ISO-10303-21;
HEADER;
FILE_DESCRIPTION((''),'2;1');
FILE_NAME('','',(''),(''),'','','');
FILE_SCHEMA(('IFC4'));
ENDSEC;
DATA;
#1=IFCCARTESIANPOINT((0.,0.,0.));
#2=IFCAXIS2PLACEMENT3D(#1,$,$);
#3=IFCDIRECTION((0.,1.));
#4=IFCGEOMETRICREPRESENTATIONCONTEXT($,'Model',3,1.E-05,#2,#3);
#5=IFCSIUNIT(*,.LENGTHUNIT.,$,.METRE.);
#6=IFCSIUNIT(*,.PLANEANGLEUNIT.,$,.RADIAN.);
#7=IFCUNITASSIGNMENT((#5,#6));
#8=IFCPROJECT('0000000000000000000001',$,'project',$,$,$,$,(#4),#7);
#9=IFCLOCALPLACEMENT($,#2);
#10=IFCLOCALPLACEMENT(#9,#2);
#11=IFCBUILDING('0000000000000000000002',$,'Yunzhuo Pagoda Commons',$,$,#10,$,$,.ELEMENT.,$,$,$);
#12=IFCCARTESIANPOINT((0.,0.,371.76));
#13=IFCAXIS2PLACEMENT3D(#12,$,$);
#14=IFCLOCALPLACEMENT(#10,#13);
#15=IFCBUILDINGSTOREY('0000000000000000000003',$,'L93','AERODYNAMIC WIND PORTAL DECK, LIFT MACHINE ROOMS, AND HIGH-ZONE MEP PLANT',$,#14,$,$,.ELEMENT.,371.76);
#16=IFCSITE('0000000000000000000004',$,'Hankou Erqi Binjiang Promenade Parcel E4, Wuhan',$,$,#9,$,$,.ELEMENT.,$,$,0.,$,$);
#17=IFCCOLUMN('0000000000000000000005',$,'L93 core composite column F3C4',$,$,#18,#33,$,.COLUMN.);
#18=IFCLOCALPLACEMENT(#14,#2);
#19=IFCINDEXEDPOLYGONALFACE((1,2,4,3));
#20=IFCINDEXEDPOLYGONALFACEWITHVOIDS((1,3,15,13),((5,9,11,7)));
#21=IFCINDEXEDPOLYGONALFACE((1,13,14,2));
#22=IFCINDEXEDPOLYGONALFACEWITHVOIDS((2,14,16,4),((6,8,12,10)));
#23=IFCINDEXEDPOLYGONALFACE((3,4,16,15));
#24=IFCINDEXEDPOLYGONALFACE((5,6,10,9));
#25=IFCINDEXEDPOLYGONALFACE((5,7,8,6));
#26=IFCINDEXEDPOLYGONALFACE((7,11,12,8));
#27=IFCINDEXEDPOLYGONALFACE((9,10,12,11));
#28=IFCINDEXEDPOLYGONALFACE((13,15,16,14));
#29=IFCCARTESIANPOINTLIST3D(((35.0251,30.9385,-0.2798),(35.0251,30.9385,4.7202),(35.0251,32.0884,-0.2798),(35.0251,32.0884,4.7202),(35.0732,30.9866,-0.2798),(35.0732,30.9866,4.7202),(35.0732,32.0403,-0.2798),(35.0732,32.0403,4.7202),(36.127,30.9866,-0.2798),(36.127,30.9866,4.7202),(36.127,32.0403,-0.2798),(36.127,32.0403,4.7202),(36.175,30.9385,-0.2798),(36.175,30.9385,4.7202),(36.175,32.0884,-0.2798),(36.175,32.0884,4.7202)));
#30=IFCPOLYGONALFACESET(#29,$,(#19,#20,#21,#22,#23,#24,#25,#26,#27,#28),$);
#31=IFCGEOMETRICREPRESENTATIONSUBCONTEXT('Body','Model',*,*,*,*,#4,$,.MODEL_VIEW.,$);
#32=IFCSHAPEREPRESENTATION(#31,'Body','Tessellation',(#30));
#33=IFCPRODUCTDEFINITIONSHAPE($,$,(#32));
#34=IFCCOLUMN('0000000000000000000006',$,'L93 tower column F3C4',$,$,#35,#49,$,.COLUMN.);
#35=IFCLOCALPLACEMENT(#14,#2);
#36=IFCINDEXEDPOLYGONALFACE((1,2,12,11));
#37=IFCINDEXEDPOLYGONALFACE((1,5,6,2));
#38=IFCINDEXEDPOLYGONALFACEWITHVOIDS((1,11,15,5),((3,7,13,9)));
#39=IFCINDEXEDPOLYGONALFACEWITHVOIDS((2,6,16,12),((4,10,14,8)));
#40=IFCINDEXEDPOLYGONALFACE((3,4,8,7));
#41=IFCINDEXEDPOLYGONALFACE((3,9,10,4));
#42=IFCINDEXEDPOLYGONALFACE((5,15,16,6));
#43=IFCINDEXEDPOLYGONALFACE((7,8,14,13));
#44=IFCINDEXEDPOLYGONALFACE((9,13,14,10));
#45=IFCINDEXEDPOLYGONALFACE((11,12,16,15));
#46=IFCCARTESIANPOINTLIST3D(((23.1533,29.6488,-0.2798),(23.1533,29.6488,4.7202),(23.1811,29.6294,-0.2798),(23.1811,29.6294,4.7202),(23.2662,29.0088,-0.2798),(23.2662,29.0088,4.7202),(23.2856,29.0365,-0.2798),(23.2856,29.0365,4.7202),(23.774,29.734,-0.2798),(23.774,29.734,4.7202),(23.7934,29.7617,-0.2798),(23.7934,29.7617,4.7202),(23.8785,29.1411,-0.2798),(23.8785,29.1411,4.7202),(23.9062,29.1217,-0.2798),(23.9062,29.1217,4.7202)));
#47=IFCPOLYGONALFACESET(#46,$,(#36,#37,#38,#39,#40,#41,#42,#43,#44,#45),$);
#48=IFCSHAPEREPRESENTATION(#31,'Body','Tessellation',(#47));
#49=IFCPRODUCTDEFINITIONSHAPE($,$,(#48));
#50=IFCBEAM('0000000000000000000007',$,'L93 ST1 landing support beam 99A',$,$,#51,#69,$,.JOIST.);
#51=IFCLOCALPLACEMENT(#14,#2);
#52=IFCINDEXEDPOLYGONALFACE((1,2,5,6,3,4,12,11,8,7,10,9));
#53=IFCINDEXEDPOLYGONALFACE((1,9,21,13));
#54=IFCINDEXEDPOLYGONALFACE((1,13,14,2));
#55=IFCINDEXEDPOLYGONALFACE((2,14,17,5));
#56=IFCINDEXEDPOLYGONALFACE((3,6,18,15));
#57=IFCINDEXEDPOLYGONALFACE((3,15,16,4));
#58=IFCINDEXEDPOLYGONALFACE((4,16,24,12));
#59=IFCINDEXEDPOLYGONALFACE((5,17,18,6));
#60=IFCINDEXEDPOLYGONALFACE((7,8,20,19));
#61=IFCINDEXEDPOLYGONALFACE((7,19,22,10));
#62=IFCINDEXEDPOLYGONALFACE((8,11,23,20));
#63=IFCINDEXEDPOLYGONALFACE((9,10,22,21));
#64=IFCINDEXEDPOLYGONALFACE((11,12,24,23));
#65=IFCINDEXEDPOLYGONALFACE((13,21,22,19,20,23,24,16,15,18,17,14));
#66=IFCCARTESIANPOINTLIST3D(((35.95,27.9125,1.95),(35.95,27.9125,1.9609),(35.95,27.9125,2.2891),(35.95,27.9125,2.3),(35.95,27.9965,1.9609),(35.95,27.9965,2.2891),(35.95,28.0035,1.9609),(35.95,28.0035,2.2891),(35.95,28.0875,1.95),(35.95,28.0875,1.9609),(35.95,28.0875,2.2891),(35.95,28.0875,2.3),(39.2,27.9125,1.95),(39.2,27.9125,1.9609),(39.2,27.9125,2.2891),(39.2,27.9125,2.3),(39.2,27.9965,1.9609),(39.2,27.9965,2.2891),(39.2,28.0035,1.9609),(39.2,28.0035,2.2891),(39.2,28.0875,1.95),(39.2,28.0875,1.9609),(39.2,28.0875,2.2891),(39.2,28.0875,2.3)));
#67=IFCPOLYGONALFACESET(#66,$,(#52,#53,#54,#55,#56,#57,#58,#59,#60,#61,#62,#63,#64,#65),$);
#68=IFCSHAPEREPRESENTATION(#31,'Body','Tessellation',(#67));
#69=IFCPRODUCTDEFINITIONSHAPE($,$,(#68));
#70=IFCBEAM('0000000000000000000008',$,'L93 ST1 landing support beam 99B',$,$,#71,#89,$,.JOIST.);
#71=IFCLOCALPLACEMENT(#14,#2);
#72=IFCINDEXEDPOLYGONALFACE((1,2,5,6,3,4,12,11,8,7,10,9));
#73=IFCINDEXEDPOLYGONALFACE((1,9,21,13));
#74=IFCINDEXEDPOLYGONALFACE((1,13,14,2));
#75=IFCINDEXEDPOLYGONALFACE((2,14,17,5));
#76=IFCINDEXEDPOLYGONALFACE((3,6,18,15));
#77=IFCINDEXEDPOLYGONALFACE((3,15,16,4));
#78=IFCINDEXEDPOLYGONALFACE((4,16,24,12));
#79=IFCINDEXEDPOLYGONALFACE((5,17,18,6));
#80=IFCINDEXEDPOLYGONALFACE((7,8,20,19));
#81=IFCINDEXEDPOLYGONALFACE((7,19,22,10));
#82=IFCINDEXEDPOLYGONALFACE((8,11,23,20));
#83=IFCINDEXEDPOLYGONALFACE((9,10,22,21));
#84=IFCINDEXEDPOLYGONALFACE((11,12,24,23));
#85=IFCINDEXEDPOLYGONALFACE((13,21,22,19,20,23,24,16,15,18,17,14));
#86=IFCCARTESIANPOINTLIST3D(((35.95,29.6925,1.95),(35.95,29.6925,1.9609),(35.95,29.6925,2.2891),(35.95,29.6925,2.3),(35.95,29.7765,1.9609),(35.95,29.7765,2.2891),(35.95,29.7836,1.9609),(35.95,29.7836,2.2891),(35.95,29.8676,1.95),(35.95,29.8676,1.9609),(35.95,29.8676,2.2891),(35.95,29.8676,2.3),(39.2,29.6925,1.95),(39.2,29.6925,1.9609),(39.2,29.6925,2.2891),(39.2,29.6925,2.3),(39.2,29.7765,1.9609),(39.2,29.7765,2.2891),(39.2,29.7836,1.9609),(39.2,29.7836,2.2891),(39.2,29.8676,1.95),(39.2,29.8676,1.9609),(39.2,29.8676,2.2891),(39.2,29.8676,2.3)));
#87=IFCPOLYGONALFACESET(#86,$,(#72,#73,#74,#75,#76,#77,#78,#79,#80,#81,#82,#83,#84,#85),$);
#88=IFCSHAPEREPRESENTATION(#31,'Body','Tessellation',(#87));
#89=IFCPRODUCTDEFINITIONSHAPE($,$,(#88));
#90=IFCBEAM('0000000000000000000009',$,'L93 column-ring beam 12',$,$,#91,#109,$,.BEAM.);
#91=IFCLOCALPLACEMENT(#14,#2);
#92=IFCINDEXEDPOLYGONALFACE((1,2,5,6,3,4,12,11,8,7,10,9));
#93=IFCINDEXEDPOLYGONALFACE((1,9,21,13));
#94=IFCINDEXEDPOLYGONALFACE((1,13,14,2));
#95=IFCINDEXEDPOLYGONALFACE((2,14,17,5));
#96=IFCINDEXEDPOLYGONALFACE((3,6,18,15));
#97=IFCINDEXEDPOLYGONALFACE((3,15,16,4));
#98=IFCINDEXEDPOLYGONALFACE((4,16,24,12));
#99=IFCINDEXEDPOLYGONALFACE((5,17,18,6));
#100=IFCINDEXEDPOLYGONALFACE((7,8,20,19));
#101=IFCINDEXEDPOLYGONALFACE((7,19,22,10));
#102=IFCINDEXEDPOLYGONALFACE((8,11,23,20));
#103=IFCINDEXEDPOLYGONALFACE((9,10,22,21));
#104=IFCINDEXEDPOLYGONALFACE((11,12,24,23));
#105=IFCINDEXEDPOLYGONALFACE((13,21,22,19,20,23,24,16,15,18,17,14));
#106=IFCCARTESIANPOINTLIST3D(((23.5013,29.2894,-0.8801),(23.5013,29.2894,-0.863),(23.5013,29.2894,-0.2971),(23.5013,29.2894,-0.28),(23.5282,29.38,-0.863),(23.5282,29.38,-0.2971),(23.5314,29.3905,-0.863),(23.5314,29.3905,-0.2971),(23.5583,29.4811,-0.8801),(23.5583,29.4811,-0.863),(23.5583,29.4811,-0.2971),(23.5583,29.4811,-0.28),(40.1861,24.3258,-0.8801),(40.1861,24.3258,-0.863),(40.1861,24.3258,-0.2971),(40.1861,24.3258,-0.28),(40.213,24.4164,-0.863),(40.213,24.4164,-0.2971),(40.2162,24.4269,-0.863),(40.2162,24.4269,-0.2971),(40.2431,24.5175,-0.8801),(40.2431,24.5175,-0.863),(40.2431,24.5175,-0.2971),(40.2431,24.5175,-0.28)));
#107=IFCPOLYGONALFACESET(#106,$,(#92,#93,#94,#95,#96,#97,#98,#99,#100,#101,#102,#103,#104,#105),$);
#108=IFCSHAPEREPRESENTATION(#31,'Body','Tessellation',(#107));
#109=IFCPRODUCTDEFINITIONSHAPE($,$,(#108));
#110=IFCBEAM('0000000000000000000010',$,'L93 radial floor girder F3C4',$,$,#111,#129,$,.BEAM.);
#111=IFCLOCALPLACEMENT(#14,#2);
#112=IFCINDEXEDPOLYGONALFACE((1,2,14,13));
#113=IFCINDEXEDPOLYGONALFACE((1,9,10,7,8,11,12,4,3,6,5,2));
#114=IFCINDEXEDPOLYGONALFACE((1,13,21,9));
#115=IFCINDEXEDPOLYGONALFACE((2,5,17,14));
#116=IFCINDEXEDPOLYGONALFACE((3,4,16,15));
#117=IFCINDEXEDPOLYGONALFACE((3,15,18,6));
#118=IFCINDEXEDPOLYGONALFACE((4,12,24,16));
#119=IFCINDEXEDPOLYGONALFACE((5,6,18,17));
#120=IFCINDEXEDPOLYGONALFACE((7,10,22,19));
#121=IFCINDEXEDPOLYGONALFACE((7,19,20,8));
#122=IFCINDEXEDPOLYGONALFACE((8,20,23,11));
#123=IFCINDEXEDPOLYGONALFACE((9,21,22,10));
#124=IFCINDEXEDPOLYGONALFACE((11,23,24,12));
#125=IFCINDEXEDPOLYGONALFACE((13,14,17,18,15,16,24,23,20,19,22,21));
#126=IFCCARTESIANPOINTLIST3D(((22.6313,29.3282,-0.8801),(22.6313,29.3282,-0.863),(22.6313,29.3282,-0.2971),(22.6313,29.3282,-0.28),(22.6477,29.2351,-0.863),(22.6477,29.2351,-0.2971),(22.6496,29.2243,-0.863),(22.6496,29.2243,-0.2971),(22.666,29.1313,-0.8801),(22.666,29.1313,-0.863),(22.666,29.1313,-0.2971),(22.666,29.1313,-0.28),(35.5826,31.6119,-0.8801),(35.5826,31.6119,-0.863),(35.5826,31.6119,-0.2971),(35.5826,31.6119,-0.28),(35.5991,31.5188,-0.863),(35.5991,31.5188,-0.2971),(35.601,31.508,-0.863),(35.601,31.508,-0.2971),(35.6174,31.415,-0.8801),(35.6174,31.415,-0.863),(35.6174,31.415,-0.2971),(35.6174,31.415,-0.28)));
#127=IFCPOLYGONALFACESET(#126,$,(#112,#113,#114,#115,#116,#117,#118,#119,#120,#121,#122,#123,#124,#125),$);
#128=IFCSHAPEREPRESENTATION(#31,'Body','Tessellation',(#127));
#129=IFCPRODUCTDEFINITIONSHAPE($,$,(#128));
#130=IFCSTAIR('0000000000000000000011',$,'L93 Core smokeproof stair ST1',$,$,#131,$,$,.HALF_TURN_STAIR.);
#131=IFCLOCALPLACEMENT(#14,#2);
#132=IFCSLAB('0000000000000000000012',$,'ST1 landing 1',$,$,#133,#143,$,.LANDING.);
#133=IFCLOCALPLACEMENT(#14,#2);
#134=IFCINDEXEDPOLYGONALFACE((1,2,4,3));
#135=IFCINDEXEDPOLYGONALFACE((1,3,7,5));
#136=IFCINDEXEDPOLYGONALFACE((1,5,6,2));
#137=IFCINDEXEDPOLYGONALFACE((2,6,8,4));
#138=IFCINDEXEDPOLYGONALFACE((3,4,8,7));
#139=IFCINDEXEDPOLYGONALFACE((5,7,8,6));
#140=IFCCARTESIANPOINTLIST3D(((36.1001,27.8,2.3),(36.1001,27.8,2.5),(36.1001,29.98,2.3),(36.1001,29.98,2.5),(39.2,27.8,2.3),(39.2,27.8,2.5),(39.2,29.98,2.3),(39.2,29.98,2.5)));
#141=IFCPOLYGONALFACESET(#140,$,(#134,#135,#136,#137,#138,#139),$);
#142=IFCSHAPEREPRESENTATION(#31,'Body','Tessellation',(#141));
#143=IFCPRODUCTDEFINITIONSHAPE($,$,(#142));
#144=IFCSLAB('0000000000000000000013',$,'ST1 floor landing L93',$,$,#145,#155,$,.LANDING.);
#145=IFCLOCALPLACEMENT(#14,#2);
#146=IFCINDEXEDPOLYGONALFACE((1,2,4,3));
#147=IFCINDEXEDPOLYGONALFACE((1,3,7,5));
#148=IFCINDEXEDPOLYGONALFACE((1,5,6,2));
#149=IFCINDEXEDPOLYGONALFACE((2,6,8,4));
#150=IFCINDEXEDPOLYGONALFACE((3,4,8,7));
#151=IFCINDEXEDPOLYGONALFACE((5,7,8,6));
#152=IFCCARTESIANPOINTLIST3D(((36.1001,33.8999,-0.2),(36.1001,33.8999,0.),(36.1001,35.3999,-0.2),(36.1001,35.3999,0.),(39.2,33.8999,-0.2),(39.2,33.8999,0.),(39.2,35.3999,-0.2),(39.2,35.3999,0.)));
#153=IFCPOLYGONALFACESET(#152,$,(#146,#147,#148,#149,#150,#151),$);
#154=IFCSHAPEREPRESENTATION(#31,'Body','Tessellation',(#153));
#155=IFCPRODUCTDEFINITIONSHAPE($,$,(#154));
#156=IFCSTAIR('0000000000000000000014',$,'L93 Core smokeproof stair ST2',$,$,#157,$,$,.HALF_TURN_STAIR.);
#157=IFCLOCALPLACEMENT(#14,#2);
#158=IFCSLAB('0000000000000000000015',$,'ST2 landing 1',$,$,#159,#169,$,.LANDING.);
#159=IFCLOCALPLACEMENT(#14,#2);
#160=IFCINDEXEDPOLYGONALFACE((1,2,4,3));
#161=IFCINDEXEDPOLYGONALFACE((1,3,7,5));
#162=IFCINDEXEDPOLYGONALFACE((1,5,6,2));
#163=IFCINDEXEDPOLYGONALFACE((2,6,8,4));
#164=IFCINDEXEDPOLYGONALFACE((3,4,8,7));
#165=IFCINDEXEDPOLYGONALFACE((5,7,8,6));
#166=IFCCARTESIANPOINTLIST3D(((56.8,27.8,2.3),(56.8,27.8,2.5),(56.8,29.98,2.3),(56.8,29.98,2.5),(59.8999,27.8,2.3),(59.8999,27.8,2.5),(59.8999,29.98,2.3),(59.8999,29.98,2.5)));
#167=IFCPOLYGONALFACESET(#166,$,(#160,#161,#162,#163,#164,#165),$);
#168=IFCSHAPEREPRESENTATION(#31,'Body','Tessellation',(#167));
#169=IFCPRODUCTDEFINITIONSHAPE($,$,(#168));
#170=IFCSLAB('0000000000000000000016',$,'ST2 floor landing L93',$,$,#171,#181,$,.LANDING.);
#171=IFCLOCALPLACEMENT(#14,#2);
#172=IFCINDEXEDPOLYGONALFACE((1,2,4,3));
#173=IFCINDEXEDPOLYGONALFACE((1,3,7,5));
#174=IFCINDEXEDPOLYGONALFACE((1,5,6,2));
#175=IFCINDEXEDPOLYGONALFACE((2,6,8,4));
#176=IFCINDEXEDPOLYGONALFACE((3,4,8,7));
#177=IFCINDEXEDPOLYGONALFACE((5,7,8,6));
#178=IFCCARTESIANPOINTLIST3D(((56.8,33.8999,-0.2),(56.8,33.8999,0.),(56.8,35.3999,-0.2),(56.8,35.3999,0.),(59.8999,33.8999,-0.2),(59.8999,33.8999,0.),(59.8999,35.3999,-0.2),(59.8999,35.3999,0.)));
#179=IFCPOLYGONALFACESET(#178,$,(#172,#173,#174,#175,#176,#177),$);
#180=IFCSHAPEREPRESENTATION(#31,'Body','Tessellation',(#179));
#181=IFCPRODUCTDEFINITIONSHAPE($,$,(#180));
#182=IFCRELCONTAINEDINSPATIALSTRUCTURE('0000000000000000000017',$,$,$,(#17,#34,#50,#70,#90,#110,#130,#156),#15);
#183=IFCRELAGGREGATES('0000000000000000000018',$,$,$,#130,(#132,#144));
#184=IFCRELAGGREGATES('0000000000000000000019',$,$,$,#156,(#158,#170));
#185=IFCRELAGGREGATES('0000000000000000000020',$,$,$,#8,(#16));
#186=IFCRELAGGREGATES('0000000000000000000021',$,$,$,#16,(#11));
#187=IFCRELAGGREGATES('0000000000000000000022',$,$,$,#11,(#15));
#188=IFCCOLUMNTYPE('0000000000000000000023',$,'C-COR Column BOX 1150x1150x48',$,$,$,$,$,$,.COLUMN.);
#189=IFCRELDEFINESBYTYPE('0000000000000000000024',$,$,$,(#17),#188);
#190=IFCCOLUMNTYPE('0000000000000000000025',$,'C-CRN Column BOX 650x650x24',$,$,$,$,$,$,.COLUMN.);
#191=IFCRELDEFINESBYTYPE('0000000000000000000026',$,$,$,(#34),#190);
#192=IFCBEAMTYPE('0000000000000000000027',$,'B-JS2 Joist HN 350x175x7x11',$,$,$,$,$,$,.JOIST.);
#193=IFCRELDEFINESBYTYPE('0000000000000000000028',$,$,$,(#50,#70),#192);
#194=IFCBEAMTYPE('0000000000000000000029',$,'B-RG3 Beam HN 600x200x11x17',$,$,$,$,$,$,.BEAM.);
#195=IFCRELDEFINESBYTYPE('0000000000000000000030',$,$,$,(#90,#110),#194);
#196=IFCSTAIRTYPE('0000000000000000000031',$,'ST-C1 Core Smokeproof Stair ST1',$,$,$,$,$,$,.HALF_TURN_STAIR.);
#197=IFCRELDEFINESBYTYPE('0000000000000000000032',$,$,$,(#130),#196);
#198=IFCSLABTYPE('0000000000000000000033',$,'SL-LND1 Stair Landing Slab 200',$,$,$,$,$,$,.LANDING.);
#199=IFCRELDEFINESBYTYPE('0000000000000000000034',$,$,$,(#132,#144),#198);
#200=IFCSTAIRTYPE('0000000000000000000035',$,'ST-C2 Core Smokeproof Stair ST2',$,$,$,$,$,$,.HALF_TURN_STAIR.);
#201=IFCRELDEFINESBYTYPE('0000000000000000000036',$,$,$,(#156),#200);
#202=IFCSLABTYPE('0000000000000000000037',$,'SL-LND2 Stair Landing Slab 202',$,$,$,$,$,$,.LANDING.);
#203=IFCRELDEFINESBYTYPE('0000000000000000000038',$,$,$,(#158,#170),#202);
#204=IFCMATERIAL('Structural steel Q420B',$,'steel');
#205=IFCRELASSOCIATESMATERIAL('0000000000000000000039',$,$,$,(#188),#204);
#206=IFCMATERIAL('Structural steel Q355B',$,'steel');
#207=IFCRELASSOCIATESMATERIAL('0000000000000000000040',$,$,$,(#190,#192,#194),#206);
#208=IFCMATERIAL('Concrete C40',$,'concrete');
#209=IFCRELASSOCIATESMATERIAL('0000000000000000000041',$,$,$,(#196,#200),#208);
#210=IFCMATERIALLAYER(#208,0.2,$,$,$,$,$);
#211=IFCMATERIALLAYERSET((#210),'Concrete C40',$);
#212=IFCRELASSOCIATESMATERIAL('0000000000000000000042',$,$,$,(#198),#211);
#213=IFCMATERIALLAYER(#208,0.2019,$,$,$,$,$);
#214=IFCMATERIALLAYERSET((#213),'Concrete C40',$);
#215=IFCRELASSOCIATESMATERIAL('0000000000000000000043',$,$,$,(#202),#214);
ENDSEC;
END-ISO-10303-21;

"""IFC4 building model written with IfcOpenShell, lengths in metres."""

from ifc_helpers import new_model, si_unit, direction, frame, origin, origin_2d, place, context, subcontext, project, spatial, polyline, hollow_rectangle, i_section, outline, extrude, source, transform, mapped, material, layer, layer_set, material_profile, profile_set, type_object, element, aggregate, save


model = new_model("IFC4")

# Units and contexts
model_context = context("Model", 3, precision=1e-05, world=origin(), true_north=direction((0.0, 1.0)))
body_context = subcontext(model_context, "Body", "Model", "MODEL_VIEW")
ifc_project = project(units=[si_unit("LENGTHUNIT", "METRE"), si_unit("PLANEANGLEUNIT", "RADIAN")], contexts=[model_context])

# Site, building, storey
site_placement = place(None, origin())
site = spatial("IfcSite", under=ifc_project, at=site_placement, Name="Hankou Erqi Binjiang Promenade Parcel E4, Wuhan", CompositionType="ELEMENT", RefElevation=0.0)
building_placement = place(site_placement, origin())
building = spatial("IfcBuilding", under=site, at=building_placement, Name="Yunzhuo Pagoda Commons", CompositionType="ELEMENT")
storey_placement = place(building_placement, frame((0.0, 0.0, 371.76)))
storey = spatial("IfcBuildingStorey", under=building, at=storey_placement, Name="L93", Description="AERODYNAMIC WIND PORTAL DECK, LIFT MACHINE ROOMS, AND HIGH-ZONE MEP PLANT", CompositionType="ELEMENT", Elevation=371.76)

# Columns
ifc_material_1 = material(Name="Structural steel Q420B", Category="steel")
ifc_material_profile_1 = material_profile(ifc_material_1, hollow_rectangle(XDim=1.1499, YDim=1.1499, WallThickness=0.0481, at=origin_2d()), Name="Structural steel Q420B")
ifc_profile_set_1 = profile_set([ifc_material_profile_1], Name="Structural steel Q420B")
column_type_1 = type_object("IfcColumnType", Name="C-COR Column BOX 1150x1150x48", PredefinedType="COLUMN", material=ifc_profile_set_1)
shared_shape_1 = source(origin(), body_context, "Body", "SweptSolid", [
    extrude(hollow_rectangle(XDim=1.1499, YDim=1.1499, WallThickness=0.0481, at=origin_2d()), origin(), (0.0, 0.0, 1.0), 5.0),
])
column_1_placement = place(storey_placement, frame((35.6001, 31.5134, -0.2798), z_axis=(0.0, 0.0, 1.0), x_axis=(1.0, 0.0, 0.0)))
element("IfcColumn", 1, at=column_1_placement, inside=storey, type_object=column_type_1, Name="L93 core composite column F3C4", PredefinedType="COLUMN", context=body_context, shape_type="MappedRepresentation", body=[
    mapped(shared_shape_1, transform((0.0, 0.0, 0.0), scale=1.0)),
])
ifc_material_2 = material(Name="Structural steel Q355B", Category="steel")
ifc_material_profile_2 = material_profile(ifc_material_2, hollow_rectangle(XDim=0.6499, YDim=0.6499, WallThickness=0.0239, at=origin_2d()), Name="Structural steel Q355B")
ifc_profile_set_2 = profile_set([ifc_material_profile_2], Name="Structural steel Q355B")
column_type_2 = type_object("IfcColumnType", Name="C-CRN Column BOX 650x650x24", PredefinedType="COLUMN", material=ifc_profile_set_2)
shared_shape_2 = source(origin(), body_context, "Body", "SweptSolid", [
    extrude(hollow_rectangle(XDim=0.6499, YDim=0.6499, WallThickness=0.0239, at=origin_2d()), origin(), (0.0, 0.0, 1.0), 5.0),
])
column_2_placement = place(storey_placement, frame((23.5298, 29.3853, -0.2798), z_axis=(0.0, 0.0, 1.0), x_axis=(0.173648, -0.984808, 0.0)))
element("IfcColumn", 2, at=column_2_placement, inside=storey, type_object=column_type_2, Name="L93 tower column F3C4", PredefinedType="COLUMN", context=body_context, shape_type="MappedRepresentation", body=[
    mapped(shared_shape_2, transform((0.0, 0.0, 0.0), scale=1.0)),
])

# Beams
ifc_material_profile_3 = material_profile(ifc_material_2, i_section(OverallWidth=0.175, OverallDepth=0.3501, WebThickness=0.0071, FlangeThickness=0.011, at=origin_2d()), Name="Structural steel Q355B")
ifc_profile_set_3 = profile_set([ifc_material_profile_3], Name="Structural steel Q355B")
beam_type_1 = type_object("IfcBeamType", Name="B-JS2 Joist HN 350x175x7x11", PredefinedType="JOIST", material=ifc_profile_set_3)
shared_shape_3 = source(origin(), body_context, "Body", "SweptSolid", [
    extrude(i_section(OverallWidth=0.175, OverallDepth=0.3501, WebThickness=0.0071, FlangeThickness=0.011, at=origin_2d()), origin(), (0.0, 0.0, 1.0), 3.25),
])
for number, where, z_axis, x_axis, name in (
    (3, (35.95, 28.0, 2.125), (1.0, 0.0, 0.0), (0.0, 1.0, 0.0), "L93 ST1 landing support beam 99A"),
    (4, (35.95, 29.78, 2.125), (1.0, 0.0, 0.0), (0.0, 1.0, 0.0), "L93 ST1 landing support beam 99B"),
):
    element("IfcBeam", number, at=place(storey_placement, frame(where, z_axis=z_axis, x_axis=x_axis)), inside=storey, type_object=beam_type_1, Name=name, PredefinedType="JOIST", context=body_context, shape_type="MappedRepresentation", body=[
        mapped(shared_shape_3, transform((0.0, 0.0, 0.0), scale=1.0)),
    ])
ifc_material_profile_4 = material_profile(ifc_material_2, i_section(OverallWidth=0.2, OverallDepth=0.6001, WebThickness=0.011, FlangeThickness=0.0171, at=origin_2d()), Name="Structural steel Q355B")
ifc_profile_set_4 = profile_set([ifc_material_profile_4], Name="Structural steel Q355B")
beam_type_2 = type_object("IfcBeamType", Name="B-RG3 Beam HN 600x200x11x17", PredefinedType="BEAM", material=ifc_profile_set_4)
shared_shape_4 = source(origin(), body_context, "Body", "SweptSolid", [
    extrude(i_section(OverallWidth=0.2, OverallDepth=0.6001, WebThickness=0.011, FlangeThickness=0.0171, at=origin_2d()), origin(), (0.0, 0.0, 1.0), 17.4075),
])
beam_1_placement = place(storey_placement, frame((23.5298, 29.3853, -0.5801), z_axis=(0.958485, -0.285143, 0.0), x_axis=(0.285143, 0.958485, 0.0)))
element("IfcBeam", 5, at=beam_1_placement, inside=storey, type_object=beam_type_2, Name="L93 column-ring beam 12", PredefinedType="BEAM", context=body_context, shape_type="MappedRepresentation", body=[
    mapped(shared_shape_4, transform((0.0, 0.0, 0.0), scale=1.0)),
])
shared_shape_5 = source(origin(), body_context, "Body", "SweptSolid", [
    extrude(i_section(OverallWidth=0.2, OverallDepth=0.6001, WebThickness=0.011, FlangeThickness=0.0171, at=origin_2d()), origin(), (0.0, 0.0, 1.0), 13.1511),
])
beam_2_placement = place(storey_placement, frame((22.6487, 29.2297, -0.5801), z_axis=(0.984808, 0.173649, 0.0), x_axis=(-0.173649, 0.984808, 0.0)))
element("IfcBeam", 6, at=beam_2_placement, inside=storey, type_object=beam_type_2, Name="L93 radial floor girder F3C4", PredefinedType="BEAM", context=body_context, shape_type="MappedRepresentation", body=[
    mapped(shared_shape_5, transform((0.0, 0.0, 0.0), scale=1.0)),
])

# Stairs, slabs
ifc_material_3 = material(Name="Concrete C40", Category="concrete")
stair_type_1 = type_object("IfcStairType", Name="ST-C1 Core Smokeproof Stair ST1", PredefinedType="HALF_TURN_STAIR", material=ifc_material_3)
stair_1_placement = place(storey_placement, origin())
stair_1 = element("IfcStair", 7, at=stair_1_placement, inside=storey, type_object=stair_type_1, Name="L93 Core smokeproof stair ST1", PredefinedType="HALF_TURN_STAIR")
ifc_layer_1 = layer(ifc_material_3, 0.2)
ifc_layer_set_1 = layer_set([ifc_layer_1], Name="Concrete C40")
slab_type_1 = type_object("IfcSlabType", Name="SL-LND1 Stair Landing Slab 200", PredefinedType="LANDING", material=ifc_layer_set_1)
slab_1_placement = place(storey_placement, frame((0.0, 0.0, 2.3)))
slab_1 = element("IfcSlab", 8, at=slab_1_placement, type_object=slab_type_1, Name="ST1 landing 1", PredefinedType="LANDING", context=body_context, shape_type="SweptSolid", body=[
    extrude(outline(polyline([(36.1001, 29.98), (36.1001, 27.8), (39.2, 27.8), (39.2, 29.98), (36.1001, 29.98)])), origin(), (0.0, 0.0, 1.0), 0.2),
])
slab_2_placement = place(storey_placement, frame((0.0, 0.0, -0.2)))
slab_2 = element("IfcSlab", 9, at=slab_2_placement, type_object=slab_type_1, Name="ST1 floor landing L93", PredefinedType="LANDING", context=body_context, shape_type="SweptSolid", body=[
    extrude(outline(polyline([(36.1001, 35.3999), (36.1001, 33.8999), (39.2, 33.8999), (39.2, 35.3999), (36.1001, 35.3999)])), origin(), (0.0, 0.0, 1.0), 0.2),
])
aggregate(stair_1, [slab_1, slab_2])
stair_type_2 = type_object("IfcStairType", Name="ST-C2 Core Smokeproof Stair ST2", PredefinedType="HALF_TURN_STAIR", material=ifc_material_3)
stair_2_placement = place(storey_placement, origin())
stair_2 = element("IfcStair", 10, at=stair_2_placement, inside=storey, type_object=stair_type_2, Name="L93 Core smokeproof stair ST2", PredefinedType="HALF_TURN_STAIR")
ifc_layer_2 = layer(ifc_material_3, 0.2019)
ifc_layer_set_2 = layer_set([ifc_layer_2], Name="Concrete C40")
slab_type_2 = type_object("IfcSlabType", Name="SL-LND2 Stair Landing Slab 202", PredefinedType="LANDING", material=ifc_layer_set_2)
slab_3_placement = place(storey_placement, frame((0.0, 0.0, 2.3)))
slab_3 = element("IfcSlab", 11, at=slab_3_placement, type_object=slab_type_2, Name="ST2 landing 1", PredefinedType="LANDING", context=body_context, shape_type="SweptSolid", body=[
    extrude(outline(polyline([(56.8, 29.98), (56.8, 27.8), (59.8999, 27.8), (59.8999, 29.98), (56.8, 29.98)])), origin(), (0.0, 0.0, 1.0), 0.2),
])
slab_4_placement = place(storey_placement, frame((0.0, 0.0, -0.2)))
slab_4 = element("IfcSlab", 12, at=slab_4_placement, type_object=slab_type_2, Name="ST2 floor landing L93", PredefinedType="LANDING", context=body_context, shape_type="SweptSolid", body=[
    extrude(outline(polyline([(56.8, 35.3999), (56.8, 33.8999), (59.8999, 33.8999), (59.8999, 35.3999), (56.8, 35.3999)])), origin(), (0.0, 0.0, 1.0), 0.2),
])
aggregate(stair_2, [slab_3, slab_4])

save(model, "model.ifc")
